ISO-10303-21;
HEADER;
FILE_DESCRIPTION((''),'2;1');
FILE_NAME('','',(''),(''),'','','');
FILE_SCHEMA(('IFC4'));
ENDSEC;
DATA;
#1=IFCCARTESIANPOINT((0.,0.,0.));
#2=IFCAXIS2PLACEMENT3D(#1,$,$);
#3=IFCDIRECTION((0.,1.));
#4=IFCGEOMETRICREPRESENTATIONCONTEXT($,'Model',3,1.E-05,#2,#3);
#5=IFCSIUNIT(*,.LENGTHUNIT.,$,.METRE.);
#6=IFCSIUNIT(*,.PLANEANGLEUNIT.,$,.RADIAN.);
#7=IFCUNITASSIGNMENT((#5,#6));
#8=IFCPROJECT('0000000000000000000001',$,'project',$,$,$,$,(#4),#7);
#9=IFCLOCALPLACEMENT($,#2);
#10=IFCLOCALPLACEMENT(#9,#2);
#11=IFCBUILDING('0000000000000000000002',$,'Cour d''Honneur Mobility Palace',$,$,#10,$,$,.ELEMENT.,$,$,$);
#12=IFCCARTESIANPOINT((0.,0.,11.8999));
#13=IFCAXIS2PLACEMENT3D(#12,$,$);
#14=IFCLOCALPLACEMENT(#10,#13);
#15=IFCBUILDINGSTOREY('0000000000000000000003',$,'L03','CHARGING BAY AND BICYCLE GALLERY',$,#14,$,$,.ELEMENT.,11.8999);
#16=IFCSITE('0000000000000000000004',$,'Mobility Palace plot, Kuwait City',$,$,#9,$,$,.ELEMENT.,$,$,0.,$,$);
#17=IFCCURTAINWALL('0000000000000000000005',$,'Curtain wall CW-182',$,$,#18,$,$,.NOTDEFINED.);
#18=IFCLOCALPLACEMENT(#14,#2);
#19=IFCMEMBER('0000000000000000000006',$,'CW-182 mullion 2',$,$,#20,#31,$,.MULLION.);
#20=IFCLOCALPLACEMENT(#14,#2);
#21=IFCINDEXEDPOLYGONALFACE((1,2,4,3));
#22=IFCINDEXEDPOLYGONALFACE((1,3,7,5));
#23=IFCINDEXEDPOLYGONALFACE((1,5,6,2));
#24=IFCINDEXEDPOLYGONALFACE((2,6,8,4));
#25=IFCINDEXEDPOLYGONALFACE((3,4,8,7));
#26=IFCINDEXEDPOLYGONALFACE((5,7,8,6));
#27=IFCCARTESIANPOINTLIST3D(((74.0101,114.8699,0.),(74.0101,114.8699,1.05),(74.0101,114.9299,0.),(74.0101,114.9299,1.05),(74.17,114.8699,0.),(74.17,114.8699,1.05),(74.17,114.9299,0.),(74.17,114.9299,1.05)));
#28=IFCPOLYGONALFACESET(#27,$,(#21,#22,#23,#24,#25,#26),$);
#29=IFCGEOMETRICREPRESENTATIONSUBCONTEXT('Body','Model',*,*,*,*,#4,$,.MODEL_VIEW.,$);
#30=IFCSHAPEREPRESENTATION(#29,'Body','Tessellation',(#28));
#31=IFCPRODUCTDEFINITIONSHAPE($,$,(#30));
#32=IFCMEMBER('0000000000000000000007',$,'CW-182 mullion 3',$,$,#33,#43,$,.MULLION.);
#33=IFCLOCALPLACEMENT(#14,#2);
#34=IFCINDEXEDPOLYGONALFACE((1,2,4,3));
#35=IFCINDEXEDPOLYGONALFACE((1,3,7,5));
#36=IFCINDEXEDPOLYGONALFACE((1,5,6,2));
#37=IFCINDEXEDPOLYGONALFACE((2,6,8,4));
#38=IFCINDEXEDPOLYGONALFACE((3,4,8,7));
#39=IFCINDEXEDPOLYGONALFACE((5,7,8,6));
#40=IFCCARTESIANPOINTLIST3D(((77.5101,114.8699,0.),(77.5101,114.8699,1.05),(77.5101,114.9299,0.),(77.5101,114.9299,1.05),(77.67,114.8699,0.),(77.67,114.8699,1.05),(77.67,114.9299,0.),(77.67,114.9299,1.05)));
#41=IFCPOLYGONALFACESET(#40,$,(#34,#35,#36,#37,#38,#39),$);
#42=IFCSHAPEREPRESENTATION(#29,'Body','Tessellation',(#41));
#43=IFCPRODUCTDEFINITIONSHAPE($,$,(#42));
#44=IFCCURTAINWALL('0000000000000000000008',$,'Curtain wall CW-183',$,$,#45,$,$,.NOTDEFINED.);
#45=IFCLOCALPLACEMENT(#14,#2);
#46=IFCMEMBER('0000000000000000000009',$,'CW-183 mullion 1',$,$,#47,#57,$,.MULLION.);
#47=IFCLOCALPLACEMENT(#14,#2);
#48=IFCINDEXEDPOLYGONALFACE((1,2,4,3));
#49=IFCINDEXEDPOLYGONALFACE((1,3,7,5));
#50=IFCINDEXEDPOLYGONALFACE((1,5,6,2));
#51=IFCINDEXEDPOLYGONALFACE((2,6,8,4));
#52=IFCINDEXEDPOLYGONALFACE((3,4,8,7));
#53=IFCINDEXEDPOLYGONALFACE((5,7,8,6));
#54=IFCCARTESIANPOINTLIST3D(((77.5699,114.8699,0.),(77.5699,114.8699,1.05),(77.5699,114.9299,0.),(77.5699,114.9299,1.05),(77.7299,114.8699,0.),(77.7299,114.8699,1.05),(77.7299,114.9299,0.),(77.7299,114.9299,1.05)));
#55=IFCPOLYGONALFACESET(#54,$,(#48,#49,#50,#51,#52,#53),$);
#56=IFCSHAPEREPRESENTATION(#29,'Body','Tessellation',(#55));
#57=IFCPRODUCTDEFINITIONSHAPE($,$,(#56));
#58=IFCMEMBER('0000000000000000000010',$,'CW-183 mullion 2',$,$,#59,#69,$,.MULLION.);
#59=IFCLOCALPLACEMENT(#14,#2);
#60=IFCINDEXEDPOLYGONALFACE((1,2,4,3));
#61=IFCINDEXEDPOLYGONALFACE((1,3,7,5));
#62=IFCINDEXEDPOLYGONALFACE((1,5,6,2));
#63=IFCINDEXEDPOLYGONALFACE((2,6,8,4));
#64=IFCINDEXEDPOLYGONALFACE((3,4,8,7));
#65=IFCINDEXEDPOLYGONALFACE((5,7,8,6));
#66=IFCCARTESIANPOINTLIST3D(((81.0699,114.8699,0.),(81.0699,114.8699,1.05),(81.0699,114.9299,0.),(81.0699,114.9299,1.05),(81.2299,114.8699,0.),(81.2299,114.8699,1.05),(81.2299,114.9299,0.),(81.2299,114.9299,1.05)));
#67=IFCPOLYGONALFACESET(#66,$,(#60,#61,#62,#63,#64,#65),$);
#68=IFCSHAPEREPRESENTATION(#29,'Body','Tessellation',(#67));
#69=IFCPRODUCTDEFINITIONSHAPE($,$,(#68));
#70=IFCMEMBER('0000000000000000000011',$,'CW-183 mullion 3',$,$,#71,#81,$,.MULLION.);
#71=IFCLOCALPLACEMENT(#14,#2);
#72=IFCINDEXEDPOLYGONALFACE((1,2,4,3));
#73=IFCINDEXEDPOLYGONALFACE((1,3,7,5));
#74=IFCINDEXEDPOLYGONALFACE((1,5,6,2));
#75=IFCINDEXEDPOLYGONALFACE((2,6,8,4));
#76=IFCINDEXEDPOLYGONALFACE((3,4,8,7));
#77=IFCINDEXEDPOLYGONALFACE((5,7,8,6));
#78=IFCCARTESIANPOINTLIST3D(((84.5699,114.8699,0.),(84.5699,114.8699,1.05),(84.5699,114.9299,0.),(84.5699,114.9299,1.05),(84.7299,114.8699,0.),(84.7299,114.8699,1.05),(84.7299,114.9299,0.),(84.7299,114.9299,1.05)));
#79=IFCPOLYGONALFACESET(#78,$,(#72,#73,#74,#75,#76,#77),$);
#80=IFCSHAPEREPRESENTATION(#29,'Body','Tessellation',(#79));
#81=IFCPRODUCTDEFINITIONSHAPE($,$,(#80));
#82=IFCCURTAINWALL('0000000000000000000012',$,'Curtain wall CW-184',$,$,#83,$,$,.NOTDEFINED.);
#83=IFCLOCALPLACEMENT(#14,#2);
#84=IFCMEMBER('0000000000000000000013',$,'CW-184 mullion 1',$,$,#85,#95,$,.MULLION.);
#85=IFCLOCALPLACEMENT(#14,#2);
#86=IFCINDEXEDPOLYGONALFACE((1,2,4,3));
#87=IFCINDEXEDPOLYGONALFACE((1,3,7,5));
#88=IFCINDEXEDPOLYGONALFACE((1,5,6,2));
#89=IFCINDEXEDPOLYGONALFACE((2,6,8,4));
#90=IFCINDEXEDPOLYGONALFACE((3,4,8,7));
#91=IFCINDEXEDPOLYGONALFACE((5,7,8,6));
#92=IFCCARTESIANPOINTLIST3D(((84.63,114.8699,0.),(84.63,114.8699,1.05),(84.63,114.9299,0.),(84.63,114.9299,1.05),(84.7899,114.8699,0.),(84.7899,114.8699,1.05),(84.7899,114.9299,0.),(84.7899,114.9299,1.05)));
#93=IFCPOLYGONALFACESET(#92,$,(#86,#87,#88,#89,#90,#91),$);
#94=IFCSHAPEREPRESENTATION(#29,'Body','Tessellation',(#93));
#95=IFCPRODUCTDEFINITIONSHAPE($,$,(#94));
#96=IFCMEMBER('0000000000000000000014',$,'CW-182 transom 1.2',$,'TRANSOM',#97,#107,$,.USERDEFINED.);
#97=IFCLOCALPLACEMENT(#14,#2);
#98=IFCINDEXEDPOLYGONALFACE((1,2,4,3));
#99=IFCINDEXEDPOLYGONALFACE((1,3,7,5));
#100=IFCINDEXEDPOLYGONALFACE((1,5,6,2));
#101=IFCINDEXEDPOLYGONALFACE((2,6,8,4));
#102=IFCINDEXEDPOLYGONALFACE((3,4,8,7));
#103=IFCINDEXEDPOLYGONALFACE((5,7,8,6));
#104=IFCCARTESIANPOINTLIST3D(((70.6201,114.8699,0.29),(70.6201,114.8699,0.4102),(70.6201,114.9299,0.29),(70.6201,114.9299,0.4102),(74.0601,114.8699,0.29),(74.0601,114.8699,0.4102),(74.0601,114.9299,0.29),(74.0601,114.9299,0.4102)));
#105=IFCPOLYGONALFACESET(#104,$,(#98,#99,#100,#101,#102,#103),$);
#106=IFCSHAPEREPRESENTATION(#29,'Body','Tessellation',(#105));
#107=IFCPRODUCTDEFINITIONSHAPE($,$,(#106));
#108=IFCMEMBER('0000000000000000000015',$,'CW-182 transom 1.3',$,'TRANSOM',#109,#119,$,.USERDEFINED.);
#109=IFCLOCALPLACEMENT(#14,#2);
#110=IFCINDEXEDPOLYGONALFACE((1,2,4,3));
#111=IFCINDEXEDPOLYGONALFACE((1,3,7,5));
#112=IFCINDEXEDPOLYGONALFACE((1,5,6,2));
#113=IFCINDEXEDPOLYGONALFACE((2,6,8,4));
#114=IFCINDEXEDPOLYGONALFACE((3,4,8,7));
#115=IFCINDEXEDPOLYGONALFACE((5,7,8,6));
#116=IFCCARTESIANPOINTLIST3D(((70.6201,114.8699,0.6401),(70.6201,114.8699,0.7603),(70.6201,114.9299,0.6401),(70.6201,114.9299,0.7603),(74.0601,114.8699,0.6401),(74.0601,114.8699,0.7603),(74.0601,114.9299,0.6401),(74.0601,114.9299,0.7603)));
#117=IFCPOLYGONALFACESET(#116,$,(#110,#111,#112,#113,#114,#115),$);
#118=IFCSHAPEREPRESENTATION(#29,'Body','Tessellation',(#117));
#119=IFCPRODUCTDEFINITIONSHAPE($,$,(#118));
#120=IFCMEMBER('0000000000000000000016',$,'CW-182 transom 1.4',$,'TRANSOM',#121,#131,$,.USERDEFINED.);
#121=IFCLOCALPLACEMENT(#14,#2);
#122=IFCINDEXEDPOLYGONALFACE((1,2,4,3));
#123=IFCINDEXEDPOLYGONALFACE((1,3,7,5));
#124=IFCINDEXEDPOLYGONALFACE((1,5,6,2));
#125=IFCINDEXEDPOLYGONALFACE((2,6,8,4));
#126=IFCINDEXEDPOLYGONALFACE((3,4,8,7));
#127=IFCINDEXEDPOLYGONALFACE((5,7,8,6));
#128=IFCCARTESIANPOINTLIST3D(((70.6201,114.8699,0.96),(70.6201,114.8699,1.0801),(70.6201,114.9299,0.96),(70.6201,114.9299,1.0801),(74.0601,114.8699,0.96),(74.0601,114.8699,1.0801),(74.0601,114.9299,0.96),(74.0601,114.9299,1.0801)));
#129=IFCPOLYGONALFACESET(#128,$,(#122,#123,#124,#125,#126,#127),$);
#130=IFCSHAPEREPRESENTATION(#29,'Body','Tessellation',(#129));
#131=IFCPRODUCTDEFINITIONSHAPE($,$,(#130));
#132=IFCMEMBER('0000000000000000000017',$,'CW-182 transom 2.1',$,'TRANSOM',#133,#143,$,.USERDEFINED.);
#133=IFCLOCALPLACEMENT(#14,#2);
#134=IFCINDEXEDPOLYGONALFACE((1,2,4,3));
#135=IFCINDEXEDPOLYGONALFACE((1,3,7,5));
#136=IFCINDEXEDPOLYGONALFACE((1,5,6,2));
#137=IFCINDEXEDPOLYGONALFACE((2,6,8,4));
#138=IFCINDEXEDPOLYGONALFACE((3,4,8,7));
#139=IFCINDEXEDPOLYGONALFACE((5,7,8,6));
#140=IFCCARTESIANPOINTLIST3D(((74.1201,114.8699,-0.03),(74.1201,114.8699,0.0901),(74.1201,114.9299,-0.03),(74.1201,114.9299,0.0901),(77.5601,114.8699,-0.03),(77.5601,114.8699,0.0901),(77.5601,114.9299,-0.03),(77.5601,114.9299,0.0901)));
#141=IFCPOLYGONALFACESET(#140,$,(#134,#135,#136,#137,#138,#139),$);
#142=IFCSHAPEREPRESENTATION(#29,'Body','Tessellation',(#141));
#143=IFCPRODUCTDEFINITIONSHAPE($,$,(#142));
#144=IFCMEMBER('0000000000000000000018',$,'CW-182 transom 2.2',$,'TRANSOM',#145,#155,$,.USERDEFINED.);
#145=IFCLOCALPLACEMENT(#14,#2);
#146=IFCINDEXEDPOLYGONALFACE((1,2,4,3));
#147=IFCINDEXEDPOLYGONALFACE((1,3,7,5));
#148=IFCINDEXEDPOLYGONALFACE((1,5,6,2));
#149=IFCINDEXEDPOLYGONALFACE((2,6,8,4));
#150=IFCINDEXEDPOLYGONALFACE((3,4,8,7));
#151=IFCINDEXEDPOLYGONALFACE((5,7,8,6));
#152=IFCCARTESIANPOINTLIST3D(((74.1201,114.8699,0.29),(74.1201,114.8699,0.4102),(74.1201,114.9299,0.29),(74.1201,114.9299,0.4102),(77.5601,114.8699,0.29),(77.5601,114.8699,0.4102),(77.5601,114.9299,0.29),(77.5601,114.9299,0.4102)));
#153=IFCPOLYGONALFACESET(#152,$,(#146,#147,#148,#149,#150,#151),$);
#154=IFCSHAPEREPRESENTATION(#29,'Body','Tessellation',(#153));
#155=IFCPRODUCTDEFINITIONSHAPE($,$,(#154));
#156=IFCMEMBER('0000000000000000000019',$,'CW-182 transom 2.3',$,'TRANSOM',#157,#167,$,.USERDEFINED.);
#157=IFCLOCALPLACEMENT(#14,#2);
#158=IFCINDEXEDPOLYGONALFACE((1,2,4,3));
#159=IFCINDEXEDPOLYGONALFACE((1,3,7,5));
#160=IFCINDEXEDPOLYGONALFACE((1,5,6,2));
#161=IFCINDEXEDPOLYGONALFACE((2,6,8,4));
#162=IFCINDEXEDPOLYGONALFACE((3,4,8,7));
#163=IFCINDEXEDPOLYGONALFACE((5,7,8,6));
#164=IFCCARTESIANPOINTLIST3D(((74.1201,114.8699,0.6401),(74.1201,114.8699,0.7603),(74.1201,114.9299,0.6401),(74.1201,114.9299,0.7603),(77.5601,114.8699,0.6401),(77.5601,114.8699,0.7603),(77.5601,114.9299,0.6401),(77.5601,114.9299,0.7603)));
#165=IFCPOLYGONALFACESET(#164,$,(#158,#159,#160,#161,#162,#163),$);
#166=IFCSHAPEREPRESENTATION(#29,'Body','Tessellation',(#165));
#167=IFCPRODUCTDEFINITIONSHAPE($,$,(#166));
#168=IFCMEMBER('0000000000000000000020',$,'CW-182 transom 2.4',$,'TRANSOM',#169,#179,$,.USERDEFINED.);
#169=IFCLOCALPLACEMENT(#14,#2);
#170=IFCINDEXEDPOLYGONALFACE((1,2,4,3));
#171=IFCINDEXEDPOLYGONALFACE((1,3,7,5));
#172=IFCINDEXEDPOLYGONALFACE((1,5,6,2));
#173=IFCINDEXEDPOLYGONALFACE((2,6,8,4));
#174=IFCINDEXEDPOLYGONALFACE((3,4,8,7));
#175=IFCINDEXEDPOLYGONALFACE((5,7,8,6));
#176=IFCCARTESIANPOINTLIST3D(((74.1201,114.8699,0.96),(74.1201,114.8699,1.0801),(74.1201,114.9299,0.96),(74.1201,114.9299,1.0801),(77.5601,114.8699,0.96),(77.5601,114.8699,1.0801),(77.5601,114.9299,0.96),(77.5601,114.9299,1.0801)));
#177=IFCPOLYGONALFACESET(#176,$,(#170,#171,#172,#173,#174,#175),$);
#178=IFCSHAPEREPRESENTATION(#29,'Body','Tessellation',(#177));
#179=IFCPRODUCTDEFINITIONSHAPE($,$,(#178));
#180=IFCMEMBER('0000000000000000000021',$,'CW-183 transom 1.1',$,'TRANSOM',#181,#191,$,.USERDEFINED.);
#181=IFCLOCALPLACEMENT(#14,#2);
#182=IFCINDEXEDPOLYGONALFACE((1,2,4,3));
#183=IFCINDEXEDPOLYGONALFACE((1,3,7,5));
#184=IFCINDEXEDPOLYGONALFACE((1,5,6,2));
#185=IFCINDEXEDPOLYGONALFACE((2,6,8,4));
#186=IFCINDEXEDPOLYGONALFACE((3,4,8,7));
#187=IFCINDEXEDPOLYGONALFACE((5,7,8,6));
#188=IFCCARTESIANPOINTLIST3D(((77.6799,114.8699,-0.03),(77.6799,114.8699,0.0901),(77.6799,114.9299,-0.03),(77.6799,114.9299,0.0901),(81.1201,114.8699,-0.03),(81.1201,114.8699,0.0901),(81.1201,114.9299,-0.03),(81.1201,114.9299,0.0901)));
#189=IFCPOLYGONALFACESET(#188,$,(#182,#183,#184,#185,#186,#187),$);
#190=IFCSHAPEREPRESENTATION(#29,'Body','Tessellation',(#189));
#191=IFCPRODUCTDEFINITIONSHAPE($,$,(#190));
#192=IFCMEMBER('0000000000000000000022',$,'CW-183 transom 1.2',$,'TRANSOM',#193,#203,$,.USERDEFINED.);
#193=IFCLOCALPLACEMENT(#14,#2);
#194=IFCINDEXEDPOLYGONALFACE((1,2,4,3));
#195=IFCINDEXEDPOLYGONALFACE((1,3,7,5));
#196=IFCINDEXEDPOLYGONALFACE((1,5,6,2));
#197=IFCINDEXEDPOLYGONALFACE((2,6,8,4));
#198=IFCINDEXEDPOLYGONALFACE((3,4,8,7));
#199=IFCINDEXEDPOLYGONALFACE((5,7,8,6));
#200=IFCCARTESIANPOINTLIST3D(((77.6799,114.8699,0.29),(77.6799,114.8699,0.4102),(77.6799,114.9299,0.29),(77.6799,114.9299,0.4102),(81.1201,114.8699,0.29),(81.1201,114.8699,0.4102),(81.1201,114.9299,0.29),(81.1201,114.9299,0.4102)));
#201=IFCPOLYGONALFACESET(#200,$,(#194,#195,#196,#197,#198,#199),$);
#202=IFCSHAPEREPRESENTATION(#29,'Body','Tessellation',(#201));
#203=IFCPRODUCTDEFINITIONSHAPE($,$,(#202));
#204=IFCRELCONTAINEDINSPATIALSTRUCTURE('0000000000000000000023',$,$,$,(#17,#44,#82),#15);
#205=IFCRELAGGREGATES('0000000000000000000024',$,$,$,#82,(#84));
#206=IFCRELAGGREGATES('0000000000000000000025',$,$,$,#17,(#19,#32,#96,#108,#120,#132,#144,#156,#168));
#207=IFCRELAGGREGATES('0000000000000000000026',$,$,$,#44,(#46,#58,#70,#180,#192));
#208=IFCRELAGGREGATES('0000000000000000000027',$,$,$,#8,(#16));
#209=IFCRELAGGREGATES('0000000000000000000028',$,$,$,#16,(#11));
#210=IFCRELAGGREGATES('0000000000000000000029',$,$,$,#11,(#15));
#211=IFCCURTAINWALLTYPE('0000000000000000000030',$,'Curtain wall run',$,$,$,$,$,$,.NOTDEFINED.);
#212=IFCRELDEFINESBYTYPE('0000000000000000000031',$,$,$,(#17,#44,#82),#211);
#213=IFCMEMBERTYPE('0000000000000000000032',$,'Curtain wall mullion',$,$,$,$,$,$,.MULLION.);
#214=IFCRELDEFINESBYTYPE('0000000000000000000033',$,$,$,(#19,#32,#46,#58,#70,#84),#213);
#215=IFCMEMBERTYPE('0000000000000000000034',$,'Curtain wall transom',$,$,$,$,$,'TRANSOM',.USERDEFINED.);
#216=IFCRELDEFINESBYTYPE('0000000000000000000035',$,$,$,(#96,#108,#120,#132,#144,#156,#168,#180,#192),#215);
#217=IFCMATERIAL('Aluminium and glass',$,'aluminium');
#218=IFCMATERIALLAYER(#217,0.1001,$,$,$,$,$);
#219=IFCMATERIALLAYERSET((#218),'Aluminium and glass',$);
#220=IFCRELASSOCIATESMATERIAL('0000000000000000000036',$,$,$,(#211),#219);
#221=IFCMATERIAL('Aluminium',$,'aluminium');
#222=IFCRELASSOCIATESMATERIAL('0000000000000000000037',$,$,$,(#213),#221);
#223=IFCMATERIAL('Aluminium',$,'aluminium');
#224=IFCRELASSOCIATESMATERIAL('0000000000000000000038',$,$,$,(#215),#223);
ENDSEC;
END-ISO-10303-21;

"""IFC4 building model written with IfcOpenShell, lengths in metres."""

from ifc_helpers import new_model, si_unit, direction, frame, origin, origin_2d, place, context, subcontext, project, spatial, rectangle, extrude, material, layer, layer_set, material_profile, profile_set, type_object, element, aggregate, save


model = new_model("IFC4")

# Units and contexts
model_context = context("Model", 3, precision=1e-05, world=origin(), true_north=direction((0.0, 1.0)))
body_context = subcontext(model_context, "Body", "Model", "MODEL_VIEW")
ifc_project = project(units=[si_unit("LENGTHUNIT", "METRE"), si_unit("PLANEANGLEUNIT", "RADIAN")], contexts=[model_context])

# Site, building, storey
site_placement = place(None, origin())
site = spatial("IfcSite", under=ifc_project, at=site_placement, Name="Mobility Palace plot, Kuwait City", CompositionType="ELEMENT", RefElevation=0.0)
building_placement = place(site_placement, origin())
building = spatial("IfcBuilding", under=site, at=building_placement, Name="Cour d'Honneur Mobility Palace", CompositionType="ELEMENT")
storey_placement = place(building_placement, frame((0.0, 0.0, 11.8999)))
storey = spatial("IfcBuildingStorey", under=building, at=storey_placement, Name="L03", Description="CHARGING BAY AND BICYCLE GALLERY", CompositionType="ELEMENT", Elevation=11.8999)

# Curtain walls, members
ifc_material_1 = material(Name="Aluminium and glass", Category="aluminium")
ifc_layer_1 = layer(ifc_material_1, 0.1001)
ifc_layer_set_1 = layer_set([ifc_layer_1], Name="Aluminium and glass")
curtain_wall_type = type_object("IfcCurtainWallType", Name="Curtain wall run", PredefinedType="NOTDEFINED", material=ifc_layer_set_1)
curtain_wall_1_placement = place(storey_placement, origin())
curtain_wall_1 = element("IfcCurtainWall", 1, at=curtain_wall_1_placement, inside=storey, type_object=curtain_wall_type, Name="Curtain wall CW-182", PredefinedType="NOTDEFINED")
ifc_material_2 = material(Name="Aluminium", Category="aluminium")
ifc_material_profile_1 = material_profile(ifc_material_2, rectangle(XDim=0.0601, YDim=0.1599, at=origin_2d()), Name="Curtain wall mullion")
ifc_profile_set_1 = profile_set([ifc_material_profile_1], Name="Aluminium")
member_type_1 = type_object("IfcMemberType", Name="Curtain wall mullion", PredefinedType="MULLION", material=ifc_profile_set_1)
member_1_placement = place(storey_placement, frame((74.0901, 114.8999, 0.0), z_axis=(0.0, 0.0, 1.0), x_axis=(0.0, 1.0, 0.0)))
member_1 = element("IfcMember", 2, at=member_1_placement, type_object=member_type_1, Name="CW-182 mullion 2", PredefinedType="MULLION", context=body_context, shape_type="SweptSolid", body=[
    extrude(rectangle(XDim=0.0601, YDim=0.1599, at=origin_2d()), origin(), (0.0, 0.0, 1.0), 1.05),
])
member_2_placement = place(storey_placement, frame((77.5901, 114.8999, 0.0), z_axis=(0.0, 0.0, 1.0), x_axis=(0.0, 1.0, 0.0)))
member_2 = element("IfcMember", 3, at=member_2_placement, type_object=member_type_1, Name="CW-182 mullion 3", PredefinedType="MULLION", context=body_context, shape_type="SweptSolid", body=[
    extrude(rectangle(XDim=0.0601, YDim=0.1599, at=origin_2d()), origin(), (0.0, 0.0, 1.0), 1.05),
])
curtain_wall_2_placement = place(storey_placement, origin())
curtain_wall_2 = element("IfcCurtainWall", 4, at=curtain_wall_2_placement, inside=storey, type_object=curtain_wall_type, Name="Curtain wall CW-183", PredefinedType="NOTDEFINED")
member_3_placement = place(storey_placement, frame((77.6499, 114.8999, 0.0), z_axis=(0.0, 0.0, 1.0), x_axis=(0.0, 1.0, 0.0)))
member_3 = element("IfcMember", 5, at=member_3_placement, type_object=member_type_1, Name="CW-183 mullion 1", PredefinedType="MULLION", context=body_context, shape_type="SweptSolid", body=[
    extrude(rectangle(XDim=0.0601, YDim=0.1599, at=origin_2d()), origin(), (0.0, 0.0, 1.0), 1.05),
])
member_4_placement = place(storey_placement, frame((81.1499, 114.8999, 0.0), z_axis=(0.0, 0.0, 1.0), x_axis=(0.0, 1.0, 0.0)))
member_4 = element("IfcMember", 6, at=member_4_placement, type_object=member_type_1, Name="CW-183 mullion 2", PredefinedType="MULLION", context=body_context, shape_type="SweptSolid", body=[
    extrude(rectangle(XDim=0.0601, YDim=0.1599, at=origin_2d()), origin(), (0.0, 0.0, 1.0), 1.05),
])
member_5_placement = place(storey_placement, frame((84.6499, 114.8999, 0.0), z_axis=(0.0, 0.0, 1.0), x_axis=(0.0, 1.0, 0.0)))
member_5 = element("IfcMember", 7, at=member_5_placement, type_object=member_type_1, Name="CW-183 mullion 3", PredefinedType="MULLION", context=body_context, shape_type="SweptSolid", body=[
    extrude(rectangle(XDim=0.0601, YDim=0.1599, at=origin_2d()), origin(), (0.0, 0.0, 1.0), 1.05),
])

# Curtain wall, member
curtain_wall_3_placement = place(storey_placement, origin())
curtain_wall_3 = element("IfcCurtainWall", 8, at=curtain_wall_3_placement, inside=storey, type_object=curtain_wall_type, Name="Curtain wall CW-184", PredefinedType="NOTDEFINED")
member_6_placement = place(storey_placement, frame((84.71, 114.8999, 0.0), z_axis=(0.0, 0.0, 1.0), x_axis=(0.0, 1.0, 0.0)))
member_6 = element("IfcMember", 9, at=member_6_placement, type_object=member_type_1, Name="CW-184 mullion 1", PredefinedType="MULLION", context=body_context, shape_type="SweptSolid", body=[
    extrude(rectangle(XDim=0.0601, YDim=0.1599, at=origin_2d()), origin(), (0.0, 0.0, 1.0), 1.05),
])
aggregate(curtain_wall_3, [member_6])

# Members
ifc_material_3 = material(Name="Aluminium", Category="aluminium")
ifc_material_profile_2 = material_profile(ifc_material_3, rectangle(XDim=0.0601, YDim=0.1201, at=origin_2d()), Name="Curtain wall transom")
ifc_profile_set_2 = profile_set([ifc_material_profile_2], Name="Aluminium")
member_type_2 = type_object("IfcMemberType", Name="Curtain wall transom", ElementType="TRANSOM", PredefinedType="USERDEFINED", material=ifc_profile_set_2)
member_7_placement = place(storey_placement, frame((70.6201, 114.8999, 0.3501), z_axis=(1.0, 0.0, 0.0), x_axis=(0.0, 1.0, 0.0)))
member_7 = element("IfcMember", 10, at=member_7_placement, type_object=member_type_2, Name="CW-182 transom 1.2", ObjectType="TRANSOM", PredefinedType="USERDEFINED", context=body_context, shape_type="SweptSolid", body=[
    extrude(rectangle(XDim=0.0601, YDim=0.1201, at=origin_2d()), origin(), (0.0, 0.0, 1.0), 3.4399),
])
member_8_placement = place(storey_placement, frame((70.6201, 114.8999, 0.7002), z_axis=(1.0, 0.0, 0.0), x_axis=(0.0, 1.0, 0.0)))
member_8 = element("IfcMember", 11, at=member_8_placement, type_object=member_type_2, Name="CW-182 transom 1.3", ObjectType="TRANSOM", PredefinedType="USERDEFINED", context=body_context, shape_type="SweptSolid", body=[
    extrude(rectangle(XDim=0.0601, YDim=0.1201, at=origin_2d()), origin(), (0.0, 0.0, 1.0), 3.4399),
])
member_9_placement = place(storey_placement, frame((70.6201, 114.8999, 1.02), z_axis=(1.0, 0.0, 0.0), x_axis=(0.0, 1.0, 0.0)))
member_9 = element("IfcMember", 12, at=member_9_placement, type_object=member_type_2, Name="CW-182 transom 1.4", ObjectType="TRANSOM", PredefinedType="USERDEFINED", context=body_context, shape_type="SweptSolid", body=[
    extrude(rectangle(XDim=0.0601, YDim=0.1201, at=origin_2d()), origin(), (0.0, 0.0, 1.0), 3.4399),
])
member_10_placement = place(storey_placement, frame((74.1201, 114.8999, 0.03), z_axis=(1.0, 0.0, 0.0), x_axis=(0.0, 1.0, 0.0)))
member_10 = element("IfcMember", 13, at=member_10_placement, type_object=member_type_2, Name="CW-182 transom 2.1", ObjectType="TRANSOM", PredefinedType="USERDEFINED", context=body_context, shape_type="SweptSolid", body=[
    extrude(rectangle(XDim=0.0601, YDim=0.1201, at=origin_2d()), origin(), (0.0, 0.0, 1.0), 3.4399),
])
member_11_placement = place(storey_placement, frame((74.1201, 114.8999, 0.3501), z_axis=(1.0, 0.0, 0.0), x_axis=(0.0, 1.0, 0.0)))
member_11 = element("IfcMember", 14, at=member_11_placement, type_object=member_type_2, Name="CW-182 transom 2.2", ObjectType="TRANSOM", PredefinedType="USERDEFINED", context=body_context, shape_type="SweptSolid", body=[
    extrude(rectangle(XDim=0.0601, YDim=0.1201, at=origin_2d()), origin(), (0.0, 0.0, 1.0), 3.4399),
])
member_12_placement = place(storey_placement, frame((74.1201, 114.8999, 0.7002), z_axis=(1.0, 0.0, 0.0), x_axis=(0.0, 1.0, 0.0)))
member_12 = element("IfcMember", 15, at=member_12_placement, type_object=member_type_2, Name="CW-182 transom 2.3", ObjectType="TRANSOM", PredefinedType="USERDEFINED", context=body_context, shape_type="SweptSolid", body=[
    extrude(rectangle(XDim=0.0601, YDim=0.1201, at=origin_2d()), origin(), (0.0, 0.0, 1.0), 3.4399),
])
member_13_placement = place(storey_placement, frame((74.1201, 114.8999, 1.02), z_axis=(1.0, 0.0, 0.0), x_axis=(0.0, 1.0, 0.0)))
member_13 = element("IfcMember", 16, at=member_13_placement, type_object=member_type_2, Name="CW-182 transom 2.4", ObjectType="TRANSOM", PredefinedType="USERDEFINED", context=body_context, shape_type="SweptSolid", body=[
    extrude(rectangle(XDim=0.0601, YDim=0.1201, at=origin_2d()), origin(), (0.0, 0.0, 1.0), 3.4399),
])
member_14_placement = place(storey_placement, frame((77.6799, 114.8999, 0.03), z_axis=(1.0, 0.0, 0.0), x_axis=(0.0, 1.0, 0.0)))
member_14 = element("IfcMember", 17, at=member_14_placement, type_object=member_type_2, Name="CW-183 transom 1.1", ObjectType="TRANSOM", PredefinedType="USERDEFINED", context=body_context, shape_type="SweptSolid", body=[
    extrude(rectangle(XDim=0.0601, YDim=0.1201, at=origin_2d()), origin(), (0.0, 0.0, 1.0), 3.4402),
])
member_15_placement = place(storey_placement, frame((77.6799, 114.8999, 0.3501), z_axis=(1.0, 0.0, 0.0), x_axis=(0.0, 1.0, 0.0)))
member_15 = element("IfcMember", 18, at=member_15_placement, type_object=member_type_2, Name="CW-183 transom 1.2", ObjectType="TRANSOM", PredefinedType="USERDEFINED", context=body_context, shape_type="SweptSolid", body=[
    extrude(rectangle(XDim=0.0601, YDim=0.1201, at=origin_2d()), origin(), (0.0, 0.0, 1.0), 3.4402),
])

aggregate(curtain_wall_1, [member_1, member_2, member_7, member_8, member_9, member_10, member_11, member_12, member_13])
aggregate(curtain_wall_2, [member_3, member_4, member_5, member_14, member_15])

save(model, "model.ifc")
